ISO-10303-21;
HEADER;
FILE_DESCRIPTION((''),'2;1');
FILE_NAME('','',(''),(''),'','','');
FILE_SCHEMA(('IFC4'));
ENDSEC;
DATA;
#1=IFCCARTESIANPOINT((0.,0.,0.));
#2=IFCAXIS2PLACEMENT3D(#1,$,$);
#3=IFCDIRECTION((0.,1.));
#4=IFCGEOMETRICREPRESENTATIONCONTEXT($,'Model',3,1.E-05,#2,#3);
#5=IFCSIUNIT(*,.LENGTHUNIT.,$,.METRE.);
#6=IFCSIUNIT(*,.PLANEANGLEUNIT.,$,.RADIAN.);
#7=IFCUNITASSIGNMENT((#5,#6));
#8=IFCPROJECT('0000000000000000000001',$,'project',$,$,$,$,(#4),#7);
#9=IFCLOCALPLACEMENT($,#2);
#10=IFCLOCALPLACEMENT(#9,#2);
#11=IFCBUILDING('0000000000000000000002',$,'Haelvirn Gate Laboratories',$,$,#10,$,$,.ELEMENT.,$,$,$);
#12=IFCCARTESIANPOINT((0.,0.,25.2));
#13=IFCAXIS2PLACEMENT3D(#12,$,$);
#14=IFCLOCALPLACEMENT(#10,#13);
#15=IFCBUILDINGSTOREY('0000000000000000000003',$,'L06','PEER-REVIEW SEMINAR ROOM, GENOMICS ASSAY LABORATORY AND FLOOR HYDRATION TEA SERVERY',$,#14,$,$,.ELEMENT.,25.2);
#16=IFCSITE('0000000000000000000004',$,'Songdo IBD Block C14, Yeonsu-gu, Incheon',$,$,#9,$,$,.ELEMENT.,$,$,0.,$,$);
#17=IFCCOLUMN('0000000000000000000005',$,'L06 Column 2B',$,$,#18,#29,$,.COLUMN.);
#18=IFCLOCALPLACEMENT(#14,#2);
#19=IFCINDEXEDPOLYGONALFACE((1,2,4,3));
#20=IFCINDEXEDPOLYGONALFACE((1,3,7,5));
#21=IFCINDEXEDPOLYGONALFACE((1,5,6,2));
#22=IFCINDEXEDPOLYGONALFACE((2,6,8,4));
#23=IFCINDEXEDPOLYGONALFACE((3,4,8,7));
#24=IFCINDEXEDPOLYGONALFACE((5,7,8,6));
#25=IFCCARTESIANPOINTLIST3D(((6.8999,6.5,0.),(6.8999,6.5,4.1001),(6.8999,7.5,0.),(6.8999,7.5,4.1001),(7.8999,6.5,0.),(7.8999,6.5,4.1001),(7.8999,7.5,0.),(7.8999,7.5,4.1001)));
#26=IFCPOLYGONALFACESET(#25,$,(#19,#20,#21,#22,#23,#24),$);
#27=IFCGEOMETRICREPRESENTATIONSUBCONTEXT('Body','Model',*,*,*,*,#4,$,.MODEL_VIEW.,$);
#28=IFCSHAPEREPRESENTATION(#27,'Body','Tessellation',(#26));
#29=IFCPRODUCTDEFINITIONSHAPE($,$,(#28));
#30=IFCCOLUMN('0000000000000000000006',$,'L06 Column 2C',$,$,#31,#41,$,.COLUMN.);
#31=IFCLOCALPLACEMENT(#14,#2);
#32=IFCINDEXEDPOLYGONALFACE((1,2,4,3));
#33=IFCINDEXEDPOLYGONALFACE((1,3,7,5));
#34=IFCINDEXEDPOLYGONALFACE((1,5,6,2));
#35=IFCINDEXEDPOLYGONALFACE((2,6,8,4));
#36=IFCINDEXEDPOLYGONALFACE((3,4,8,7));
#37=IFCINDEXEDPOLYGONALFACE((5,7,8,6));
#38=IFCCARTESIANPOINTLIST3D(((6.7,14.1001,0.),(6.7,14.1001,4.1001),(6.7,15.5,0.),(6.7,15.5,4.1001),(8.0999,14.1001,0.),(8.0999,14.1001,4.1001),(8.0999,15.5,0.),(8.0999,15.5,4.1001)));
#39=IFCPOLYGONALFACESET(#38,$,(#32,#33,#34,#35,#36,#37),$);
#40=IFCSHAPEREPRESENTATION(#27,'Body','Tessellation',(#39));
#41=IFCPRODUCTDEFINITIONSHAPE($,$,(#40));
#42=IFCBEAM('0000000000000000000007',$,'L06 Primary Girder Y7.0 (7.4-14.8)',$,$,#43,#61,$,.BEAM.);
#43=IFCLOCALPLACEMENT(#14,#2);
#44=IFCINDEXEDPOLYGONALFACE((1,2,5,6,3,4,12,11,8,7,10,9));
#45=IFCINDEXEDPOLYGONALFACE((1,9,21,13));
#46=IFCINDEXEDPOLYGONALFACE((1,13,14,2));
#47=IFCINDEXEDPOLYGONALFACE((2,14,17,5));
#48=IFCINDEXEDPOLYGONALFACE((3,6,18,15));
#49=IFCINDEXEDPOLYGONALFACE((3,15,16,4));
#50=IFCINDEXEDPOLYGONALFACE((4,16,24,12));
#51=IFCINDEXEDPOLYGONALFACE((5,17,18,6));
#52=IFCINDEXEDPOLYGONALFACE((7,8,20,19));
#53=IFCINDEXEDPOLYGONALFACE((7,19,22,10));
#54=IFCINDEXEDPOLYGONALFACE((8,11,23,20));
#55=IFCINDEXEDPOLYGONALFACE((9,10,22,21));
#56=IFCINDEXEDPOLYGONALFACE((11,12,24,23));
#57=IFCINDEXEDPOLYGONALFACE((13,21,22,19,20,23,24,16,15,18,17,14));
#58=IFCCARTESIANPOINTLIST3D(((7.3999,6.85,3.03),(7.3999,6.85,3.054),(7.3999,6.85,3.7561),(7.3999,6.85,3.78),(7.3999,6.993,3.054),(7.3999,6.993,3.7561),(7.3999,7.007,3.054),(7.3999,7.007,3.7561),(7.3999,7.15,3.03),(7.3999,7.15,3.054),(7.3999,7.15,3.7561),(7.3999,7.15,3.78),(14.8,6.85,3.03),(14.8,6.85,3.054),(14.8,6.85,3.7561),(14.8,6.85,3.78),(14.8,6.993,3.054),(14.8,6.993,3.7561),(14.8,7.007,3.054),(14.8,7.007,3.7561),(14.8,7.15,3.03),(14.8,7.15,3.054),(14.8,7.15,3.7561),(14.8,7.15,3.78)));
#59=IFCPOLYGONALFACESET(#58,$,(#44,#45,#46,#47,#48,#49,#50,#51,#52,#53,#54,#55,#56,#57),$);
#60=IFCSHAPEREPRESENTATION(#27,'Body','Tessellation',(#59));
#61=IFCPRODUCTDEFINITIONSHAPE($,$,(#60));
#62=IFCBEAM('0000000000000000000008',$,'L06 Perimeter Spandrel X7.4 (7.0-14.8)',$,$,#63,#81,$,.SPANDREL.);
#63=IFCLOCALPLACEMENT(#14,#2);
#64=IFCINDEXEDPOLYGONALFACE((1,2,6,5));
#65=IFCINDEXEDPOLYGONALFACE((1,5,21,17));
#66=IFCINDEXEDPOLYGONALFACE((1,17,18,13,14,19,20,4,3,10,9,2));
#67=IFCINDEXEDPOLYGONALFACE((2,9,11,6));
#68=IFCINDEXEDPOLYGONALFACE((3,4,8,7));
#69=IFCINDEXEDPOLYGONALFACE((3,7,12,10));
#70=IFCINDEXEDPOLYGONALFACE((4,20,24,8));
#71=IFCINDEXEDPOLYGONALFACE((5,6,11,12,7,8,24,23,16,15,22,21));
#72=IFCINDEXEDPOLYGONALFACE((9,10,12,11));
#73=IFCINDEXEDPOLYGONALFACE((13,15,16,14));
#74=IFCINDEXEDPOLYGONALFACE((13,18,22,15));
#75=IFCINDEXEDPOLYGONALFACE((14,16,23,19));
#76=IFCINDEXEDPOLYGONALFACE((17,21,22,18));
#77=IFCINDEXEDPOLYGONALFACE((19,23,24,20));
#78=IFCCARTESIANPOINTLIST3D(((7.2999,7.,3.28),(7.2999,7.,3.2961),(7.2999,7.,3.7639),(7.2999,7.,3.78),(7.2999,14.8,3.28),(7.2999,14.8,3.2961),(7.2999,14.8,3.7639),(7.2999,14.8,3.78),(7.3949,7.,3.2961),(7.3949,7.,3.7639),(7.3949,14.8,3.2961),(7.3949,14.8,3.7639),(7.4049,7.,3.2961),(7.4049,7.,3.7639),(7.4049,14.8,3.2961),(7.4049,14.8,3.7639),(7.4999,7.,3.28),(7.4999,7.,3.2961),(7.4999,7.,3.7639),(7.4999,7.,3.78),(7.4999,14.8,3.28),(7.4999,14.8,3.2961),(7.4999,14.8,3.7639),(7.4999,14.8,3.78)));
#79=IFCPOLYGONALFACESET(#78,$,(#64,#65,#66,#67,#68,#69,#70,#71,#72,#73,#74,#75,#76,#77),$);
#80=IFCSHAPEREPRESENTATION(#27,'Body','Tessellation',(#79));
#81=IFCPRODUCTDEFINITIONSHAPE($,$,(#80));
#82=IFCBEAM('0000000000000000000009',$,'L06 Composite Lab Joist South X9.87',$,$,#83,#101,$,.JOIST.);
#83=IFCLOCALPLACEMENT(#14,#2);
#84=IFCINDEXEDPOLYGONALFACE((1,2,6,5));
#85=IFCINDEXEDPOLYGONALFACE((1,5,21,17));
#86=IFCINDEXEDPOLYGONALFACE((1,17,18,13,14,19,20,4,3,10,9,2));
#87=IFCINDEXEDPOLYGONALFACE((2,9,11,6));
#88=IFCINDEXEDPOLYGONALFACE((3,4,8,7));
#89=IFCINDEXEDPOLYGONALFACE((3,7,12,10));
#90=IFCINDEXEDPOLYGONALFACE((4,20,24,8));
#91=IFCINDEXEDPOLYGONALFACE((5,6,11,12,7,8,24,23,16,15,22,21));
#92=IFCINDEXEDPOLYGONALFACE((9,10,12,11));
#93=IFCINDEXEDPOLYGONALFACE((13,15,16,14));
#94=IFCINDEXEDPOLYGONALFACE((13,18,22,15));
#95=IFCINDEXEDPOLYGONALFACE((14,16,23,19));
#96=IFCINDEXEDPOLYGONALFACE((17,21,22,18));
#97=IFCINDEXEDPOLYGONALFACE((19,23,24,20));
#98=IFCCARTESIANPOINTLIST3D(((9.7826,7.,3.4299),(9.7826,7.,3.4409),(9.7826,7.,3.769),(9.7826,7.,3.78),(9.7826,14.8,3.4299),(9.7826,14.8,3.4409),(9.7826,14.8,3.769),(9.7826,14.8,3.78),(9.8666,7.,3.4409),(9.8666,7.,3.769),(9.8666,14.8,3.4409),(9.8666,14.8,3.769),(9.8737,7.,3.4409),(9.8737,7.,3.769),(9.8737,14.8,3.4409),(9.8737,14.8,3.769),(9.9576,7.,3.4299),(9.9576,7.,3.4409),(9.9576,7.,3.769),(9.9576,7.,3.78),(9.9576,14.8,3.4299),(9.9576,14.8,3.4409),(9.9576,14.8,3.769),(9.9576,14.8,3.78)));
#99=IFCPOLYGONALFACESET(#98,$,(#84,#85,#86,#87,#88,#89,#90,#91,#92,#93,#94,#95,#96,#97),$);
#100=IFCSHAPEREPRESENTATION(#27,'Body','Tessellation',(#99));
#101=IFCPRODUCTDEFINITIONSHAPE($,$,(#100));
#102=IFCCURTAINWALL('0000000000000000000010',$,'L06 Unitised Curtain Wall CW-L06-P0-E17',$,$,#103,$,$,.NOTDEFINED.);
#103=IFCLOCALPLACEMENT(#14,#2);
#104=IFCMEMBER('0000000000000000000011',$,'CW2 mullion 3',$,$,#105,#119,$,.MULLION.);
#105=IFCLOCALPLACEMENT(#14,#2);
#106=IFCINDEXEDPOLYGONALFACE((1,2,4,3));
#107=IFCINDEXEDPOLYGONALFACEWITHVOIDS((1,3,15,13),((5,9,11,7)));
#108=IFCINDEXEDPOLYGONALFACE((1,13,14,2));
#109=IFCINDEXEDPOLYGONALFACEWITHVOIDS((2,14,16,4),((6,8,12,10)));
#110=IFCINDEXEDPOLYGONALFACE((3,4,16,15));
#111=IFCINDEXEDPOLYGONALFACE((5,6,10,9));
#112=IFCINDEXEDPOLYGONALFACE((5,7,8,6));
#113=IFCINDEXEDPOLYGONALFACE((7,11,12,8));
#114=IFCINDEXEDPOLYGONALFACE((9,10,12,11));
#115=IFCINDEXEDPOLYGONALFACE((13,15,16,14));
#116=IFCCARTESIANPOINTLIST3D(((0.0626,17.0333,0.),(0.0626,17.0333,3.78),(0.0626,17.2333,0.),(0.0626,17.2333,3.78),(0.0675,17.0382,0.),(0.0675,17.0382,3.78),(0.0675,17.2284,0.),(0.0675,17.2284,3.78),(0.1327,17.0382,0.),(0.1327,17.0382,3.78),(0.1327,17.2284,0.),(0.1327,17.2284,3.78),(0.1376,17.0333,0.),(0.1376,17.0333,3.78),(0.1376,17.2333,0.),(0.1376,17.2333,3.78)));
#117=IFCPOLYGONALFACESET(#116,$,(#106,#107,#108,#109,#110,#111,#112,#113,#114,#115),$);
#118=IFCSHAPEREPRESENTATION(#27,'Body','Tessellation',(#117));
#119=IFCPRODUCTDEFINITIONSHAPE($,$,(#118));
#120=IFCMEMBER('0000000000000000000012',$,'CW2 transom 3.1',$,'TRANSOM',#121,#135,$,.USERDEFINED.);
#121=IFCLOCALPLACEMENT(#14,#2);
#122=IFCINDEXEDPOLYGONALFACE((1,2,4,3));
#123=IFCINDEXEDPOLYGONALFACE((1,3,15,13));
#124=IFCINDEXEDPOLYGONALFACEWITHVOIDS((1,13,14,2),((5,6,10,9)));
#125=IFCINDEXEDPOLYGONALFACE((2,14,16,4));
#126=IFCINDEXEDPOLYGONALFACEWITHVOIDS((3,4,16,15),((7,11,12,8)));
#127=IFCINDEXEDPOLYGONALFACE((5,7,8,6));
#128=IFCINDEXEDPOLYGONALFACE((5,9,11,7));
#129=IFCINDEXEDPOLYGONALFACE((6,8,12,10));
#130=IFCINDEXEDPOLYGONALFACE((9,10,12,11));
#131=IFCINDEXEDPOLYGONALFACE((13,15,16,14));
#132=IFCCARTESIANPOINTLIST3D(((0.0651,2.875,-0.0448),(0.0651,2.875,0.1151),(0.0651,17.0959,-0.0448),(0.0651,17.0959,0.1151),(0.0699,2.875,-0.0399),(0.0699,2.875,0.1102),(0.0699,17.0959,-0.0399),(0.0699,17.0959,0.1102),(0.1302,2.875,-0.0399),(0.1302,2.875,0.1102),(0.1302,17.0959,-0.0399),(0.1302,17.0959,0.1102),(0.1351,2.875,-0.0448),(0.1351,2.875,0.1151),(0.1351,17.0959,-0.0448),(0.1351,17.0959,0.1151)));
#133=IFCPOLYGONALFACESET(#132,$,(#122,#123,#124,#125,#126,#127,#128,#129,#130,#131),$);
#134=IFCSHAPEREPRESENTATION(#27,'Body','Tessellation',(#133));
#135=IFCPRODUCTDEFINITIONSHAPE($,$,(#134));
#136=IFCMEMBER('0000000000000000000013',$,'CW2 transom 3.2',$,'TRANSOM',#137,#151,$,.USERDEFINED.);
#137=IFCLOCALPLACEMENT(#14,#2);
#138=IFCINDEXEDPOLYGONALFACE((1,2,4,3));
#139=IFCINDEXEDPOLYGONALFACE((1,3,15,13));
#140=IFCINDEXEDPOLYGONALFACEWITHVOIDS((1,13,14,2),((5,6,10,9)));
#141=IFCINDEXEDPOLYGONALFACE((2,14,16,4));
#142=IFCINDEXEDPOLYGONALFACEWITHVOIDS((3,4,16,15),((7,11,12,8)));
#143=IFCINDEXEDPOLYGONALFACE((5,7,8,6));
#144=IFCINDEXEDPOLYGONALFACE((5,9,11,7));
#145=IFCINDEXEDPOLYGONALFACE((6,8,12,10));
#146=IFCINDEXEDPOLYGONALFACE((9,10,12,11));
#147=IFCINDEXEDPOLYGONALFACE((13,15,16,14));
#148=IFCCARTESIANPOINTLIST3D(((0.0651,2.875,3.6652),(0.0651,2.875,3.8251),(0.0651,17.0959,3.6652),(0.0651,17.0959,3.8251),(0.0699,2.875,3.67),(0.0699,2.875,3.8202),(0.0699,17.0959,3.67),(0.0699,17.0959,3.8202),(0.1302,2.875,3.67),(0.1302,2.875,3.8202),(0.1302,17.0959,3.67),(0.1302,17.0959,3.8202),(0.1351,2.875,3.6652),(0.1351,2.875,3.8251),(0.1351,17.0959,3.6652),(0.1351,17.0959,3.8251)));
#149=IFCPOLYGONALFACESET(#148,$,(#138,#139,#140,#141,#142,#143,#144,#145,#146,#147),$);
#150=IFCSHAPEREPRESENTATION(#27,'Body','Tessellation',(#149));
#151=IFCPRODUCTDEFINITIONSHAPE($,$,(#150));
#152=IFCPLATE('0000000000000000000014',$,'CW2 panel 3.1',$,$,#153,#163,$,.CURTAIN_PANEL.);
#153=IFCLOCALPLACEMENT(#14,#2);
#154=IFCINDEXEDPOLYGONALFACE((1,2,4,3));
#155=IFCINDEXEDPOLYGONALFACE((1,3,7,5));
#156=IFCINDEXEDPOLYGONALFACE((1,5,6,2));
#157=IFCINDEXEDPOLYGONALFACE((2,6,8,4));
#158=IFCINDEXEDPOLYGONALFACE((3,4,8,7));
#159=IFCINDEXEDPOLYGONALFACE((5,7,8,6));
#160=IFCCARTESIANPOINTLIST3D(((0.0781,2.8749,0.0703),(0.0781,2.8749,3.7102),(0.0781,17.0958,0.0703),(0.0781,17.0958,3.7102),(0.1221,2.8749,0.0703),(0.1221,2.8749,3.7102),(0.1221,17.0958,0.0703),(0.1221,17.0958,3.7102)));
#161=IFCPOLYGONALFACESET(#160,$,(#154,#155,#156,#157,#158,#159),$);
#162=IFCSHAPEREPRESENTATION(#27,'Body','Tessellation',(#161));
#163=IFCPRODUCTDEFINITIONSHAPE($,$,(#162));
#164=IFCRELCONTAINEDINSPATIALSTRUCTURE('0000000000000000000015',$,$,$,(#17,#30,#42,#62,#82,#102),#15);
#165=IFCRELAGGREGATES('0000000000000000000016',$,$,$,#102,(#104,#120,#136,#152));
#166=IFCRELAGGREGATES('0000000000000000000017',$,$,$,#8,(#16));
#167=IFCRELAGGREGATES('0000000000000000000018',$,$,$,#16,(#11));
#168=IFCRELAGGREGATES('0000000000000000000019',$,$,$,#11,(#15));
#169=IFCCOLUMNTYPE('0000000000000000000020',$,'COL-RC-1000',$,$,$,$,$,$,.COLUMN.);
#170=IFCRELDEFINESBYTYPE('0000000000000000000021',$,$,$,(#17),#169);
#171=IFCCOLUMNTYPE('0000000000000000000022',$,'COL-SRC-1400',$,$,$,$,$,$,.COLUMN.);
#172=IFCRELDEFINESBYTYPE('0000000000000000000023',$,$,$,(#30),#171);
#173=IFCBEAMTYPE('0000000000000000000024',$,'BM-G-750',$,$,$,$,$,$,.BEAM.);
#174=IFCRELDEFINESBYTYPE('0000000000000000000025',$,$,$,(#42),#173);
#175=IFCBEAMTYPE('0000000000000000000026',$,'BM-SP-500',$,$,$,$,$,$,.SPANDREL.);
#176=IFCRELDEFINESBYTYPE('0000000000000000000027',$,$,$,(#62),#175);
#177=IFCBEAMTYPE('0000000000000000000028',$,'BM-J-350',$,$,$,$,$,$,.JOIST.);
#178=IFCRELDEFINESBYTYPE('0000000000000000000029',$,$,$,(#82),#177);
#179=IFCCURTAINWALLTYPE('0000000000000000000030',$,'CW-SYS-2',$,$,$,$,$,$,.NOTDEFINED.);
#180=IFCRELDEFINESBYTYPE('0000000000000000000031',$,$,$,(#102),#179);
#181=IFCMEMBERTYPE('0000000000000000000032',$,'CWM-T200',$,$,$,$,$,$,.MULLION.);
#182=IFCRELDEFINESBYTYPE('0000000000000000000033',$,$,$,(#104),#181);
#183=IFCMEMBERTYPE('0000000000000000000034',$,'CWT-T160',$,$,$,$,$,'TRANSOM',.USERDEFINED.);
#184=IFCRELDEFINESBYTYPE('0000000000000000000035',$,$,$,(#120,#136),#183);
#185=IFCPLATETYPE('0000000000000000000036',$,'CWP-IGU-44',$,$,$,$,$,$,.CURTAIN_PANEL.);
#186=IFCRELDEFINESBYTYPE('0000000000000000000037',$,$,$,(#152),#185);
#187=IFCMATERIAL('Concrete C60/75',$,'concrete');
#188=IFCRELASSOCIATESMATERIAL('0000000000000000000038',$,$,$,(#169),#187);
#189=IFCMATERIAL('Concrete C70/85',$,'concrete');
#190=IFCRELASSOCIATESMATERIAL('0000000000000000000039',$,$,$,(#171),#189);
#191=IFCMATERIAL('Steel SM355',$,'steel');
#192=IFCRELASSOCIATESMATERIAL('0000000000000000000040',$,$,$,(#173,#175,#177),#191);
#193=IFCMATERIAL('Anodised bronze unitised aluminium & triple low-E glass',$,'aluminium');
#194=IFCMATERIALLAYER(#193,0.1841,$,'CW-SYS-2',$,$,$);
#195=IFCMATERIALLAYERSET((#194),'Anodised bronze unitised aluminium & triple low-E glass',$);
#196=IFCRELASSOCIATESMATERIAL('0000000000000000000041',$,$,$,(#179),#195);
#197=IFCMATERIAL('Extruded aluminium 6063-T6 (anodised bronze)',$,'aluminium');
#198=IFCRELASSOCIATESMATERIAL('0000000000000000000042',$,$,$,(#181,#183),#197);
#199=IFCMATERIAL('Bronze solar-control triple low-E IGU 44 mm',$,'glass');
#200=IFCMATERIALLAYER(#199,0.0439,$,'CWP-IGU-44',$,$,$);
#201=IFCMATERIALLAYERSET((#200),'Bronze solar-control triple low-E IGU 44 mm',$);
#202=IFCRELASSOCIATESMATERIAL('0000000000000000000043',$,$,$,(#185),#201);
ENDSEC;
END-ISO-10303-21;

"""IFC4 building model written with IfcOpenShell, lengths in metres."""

from ifc_helpers import new_model, si_unit, direction, frame, origin, origin_2d, place, context, subcontext, project, spatial, rectangle, hollow_rectangle, i_section, extrude, source, transform, mapped, material, layer, layer_set, material_profile, profile_set, type_object, type_shapes, element, aggregate, save


model = new_model("IFC4")

# Units and contexts
model_context = context("Model", 3, precision=1e-05, world=origin(), true_north=direction((0.0, 1.0)))
body_context = subcontext(model_context, "Body", "Model", "MODEL_VIEW")
ifc_project = project(units=[si_unit("LENGTHUNIT", "METRE"), si_unit("PLANEANGLEUNIT", "RADIAN")], contexts=[model_context])

# Site, building, storey
site_placement = place(None, origin())
site = spatial("IfcSite", under=ifc_project, at=site_placement, Name="Songdo IBD Block C14, Yeonsu-gu, Incheon", CompositionType="ELEMENT", RefElevation=0.0)
building_placement = place(site_placement, origin())
building = spatial("IfcBuilding", under=site, at=building_placement, Name="Haelvirn Gate Laboratories", CompositionType="ELEMENT")
storey_placement = place(building_placement, frame((0.0, 0.0, 25.2)))
storey = spatial("IfcBuildingStorey", under=building, at=storey_placement, Name="L06", Description="PEER-REVIEW SEMINAR ROOM, GENOMICS ASSAY LABORATORY AND FLOOR HYDRATION TEA SERVERY", CompositionType="ELEMENT", Elevation=25.2)

# Columns
ifc_material_1 = material(Name="Concrete C60/75", Category="concrete")
ifc_material_profile_1 = material_profile(ifc_material_1, rectangle(XDim=1.0, YDim=1.0, at=origin_2d()), Name="RC-1000x1000")
ifc_profile_set_1 = profile_set([ifc_material_profile_1], Name="Concrete C60/75")
column_type_1 = type_object("IfcColumnType", Name="COL-RC-1000", PredefinedType="COLUMN", material=ifc_profile_set_1)
shared_shape_1 = source(origin(), body_context, "Body", "SweptSolid", [
    extrude(rectangle(XDim=1.0, YDim=1.0, at=origin_2d()), origin(), (0.0, 0.0, 1.0), 4.1001),
])
type_shapes(column_type_1, [shared_shape_1])
column_1_placement = place(storey_placement, frame((7.3999, 7.0, 0.0), z_axis=(0.0, 0.0, 1.0), x_axis=(1.0, 0.0, 0.0)))
element("IfcColumn", 1, at=column_1_placement, inside=storey, type_object=column_type_1, Name="L06 Column 2B", PredefinedType="COLUMN", context=body_context, shape_type="MappedRepresentation", body=[
    mapped(shared_shape_1, transform((0.0, 0.0, 0.0), scale=1.0)),
])
ifc_material_2 = material(Name="Concrete C70/85", Category="concrete")
ifc_material_profile_2 = material_profile(ifc_material_2, rectangle(XDim=1.3999, YDim=1.3999, at=origin_2d()), Name="SRC-1400x1400")
ifc_profile_set_2 = profile_set([ifc_material_profile_2], Name="Concrete C70/85")
column_type_2 = type_object("IfcColumnType", Name="COL-SRC-1400", PredefinedType="COLUMN", material=ifc_profile_set_2)
shared_shape_2 = source(origin(), body_context, "Body", "SweptSolid", [
    extrude(rectangle(XDim=1.3999, YDim=1.3999, at=origin_2d()), origin(), (0.0, 0.0, 1.0), 4.1001),
])
type_shapes(column_type_2, [shared_shape_2])
column_2_placement = place(storey_placement, frame((7.3999, 14.8, 0.0), z_axis=(0.0, 0.0, 1.0), x_axis=(1.0, 0.0, 0.0)))
element("IfcColumn", 2, at=column_2_placement, inside=storey, type_object=column_type_2, Name="L06 Column 2C", PredefinedType="COLUMN", context=body_context, shape_type="MappedRepresentation", body=[
    mapped(shared_shape_2, transform((0.0, 0.0, 0.0), scale=1.0)),
])

# Beams
ifc_material_3 = material(Name="Steel SM355", Category="steel")
ifc_material_profile_3 = material_profile(ifc_material_3, i_section(OverallWidth=0.3, OverallDepth=0.75, WebThickness=0.0139, FlangeThickness=0.0239, at=origin_2d()), Name="H-750x300x14x24")
ifc_profile_set_3 = profile_set([ifc_material_profile_3], Name="Steel SM355")
beam_type_1 = type_object("IfcBeamType", Name="BM-G-750", PredefinedType="BEAM", material=ifc_profile_set_3)
shared_shape_3 = source(origin(), body_context, "Body", "SweptSolid", [
    extrude(i_section(OverallWidth=0.3, OverallDepth=0.75, WebThickness=0.0139, FlangeThickness=0.0239, at=origin_2d()), origin(), (0.0, 0.0, 1.0), 7.4001),
])
type_shapes(beam_type_1, [shared_shape_3])
beam_1_placement = place(storey_placement, frame((7.3999, 7.0, 3.405), z_axis=(1.0, 0.0, 0.0), x_axis=(0.0, 1.0, 0.0)))
element("IfcBeam", 3, at=beam_1_placement, inside=storey, type_object=beam_type_1, Name="L06 Primary Girder Y7.0 (7.4-14.8)", PredefinedType="BEAM", context=body_context, shape_type="MappedRepresentation", body=[
    mapped(shared_shape_3, transform((0.0, 0.0, 0.0), scale=1.0)),
])
ifc_material_profile_4 = material_profile(ifc_material_3, i_section(OverallWidth=0.2, OverallDepth=0.5, WebThickness=0.01, FlangeThickness=0.0161, at=origin_2d()), Name="H-500x200x10x16")
ifc_profile_set_4 = profile_set([ifc_material_profile_4], Name="Steel SM355")
beam_type_2 = type_object("IfcBeamType", Name="BM-SP-500", PredefinedType="SPANDREL", material=ifc_profile_set_4)
shared_shape_4 = source(origin(), body_context, "Body", "SweptSolid", [
    extrude(i_section(OverallWidth=0.2, OverallDepth=0.5, WebThickness=0.01, FlangeThickness=0.0161, at=origin_2d()), origin(), (0.0, 0.0, 1.0), 7.8),
])
type_shapes(beam_type_2, [shared_shape_4])
beam_2_placement = place(storey_placement, frame((7.3999, 7.0, 3.53), z_axis=(0.0, 1.0, 0.0), x_axis=(-1.0, 0.0, 0.0)))
element("IfcBeam", 4, at=beam_2_placement, inside=storey, type_object=beam_type_2, Name="L06 Perimeter Spandrel X7.4 (7.0-14.8)", PredefinedType="SPANDREL", context=body_context, shape_type="MappedRepresentation", body=[
    mapped(shared_shape_4, transform((0.0, 0.0, 0.0), scale=1.0)),
])
ifc_material_profile_5 = material_profile(ifc_material_3, i_section(OverallWidth=0.175, OverallDepth=0.3501, WebThickness=0.0071, FlangeThickness=0.011, at=origin_2d()), Name="H-350x175x7x11")
ifc_profile_set_5 = profile_set([ifc_material_profile_5], Name="Steel SM355")
beam_type_3 = type_object("IfcBeamType", Name="BM-J-350", PredefinedType="JOIST", material=ifc_profile_set_5)
shared_shape_5 = source(origin(), body_context, "Body", "SweptSolid", [
    extrude(i_section(OverallWidth=0.175, OverallDepth=0.3501, WebThickness=0.0071, FlangeThickness=0.011, at=origin_2d()), origin(), (0.0, 0.0, 1.0), 7.8),
])
type_shapes(beam_type_3, [shared_shape_5])
beam_3_placement = place(storey_placement, frame((9.8701, 7.0, 3.605), z_axis=(0.0, 1.0, 0.0), x_axis=(-1.0, 0.0, 0.0)))
element("IfcBeam", 5, at=beam_3_placement, inside=storey, type_object=beam_type_3, Name="L06 Composite Lab Joist South X9.87", PredefinedType="JOIST", context=body_context, shape_type="MappedRepresentation", body=[
    mapped(shared_shape_5, transform((0.0, 0.0, 0.0), scale=1.0)),
])

# Curtain wall, members, plate
ifc_material_4 = material(Name="Anodised bronze unitised aluminium & triple low-E glass", Category="aluminium")
ifc_layer_1 = layer(ifc_material_4, 0.1841, Name="CW-SYS-2")
ifc_layer_set_1 = layer_set([ifc_layer_1], Name="Anodised bronze unitised aluminium & triple low-E glass")
curtain_wall_type = type_object("IfcCurtainWallType", Name="CW-SYS-2", PredefinedType="NOTDEFINED", material=ifc_layer_set_1)
curtain_wall_placement = place(storey_placement, origin())
curtain_wall = element("IfcCurtainWall", 6, at=curtain_wall_placement, inside=storey, type_object=curtain_wall_type, Name="L06 Unitised Curtain Wall CW-L06-P0-E17", PredefinedType="NOTDEFINED")
ifc_material_5 = material(Name="Extruded aluminium 6063-T6 (anodised bronze)", Category="aluminium")
ifc_material_profile_6 = material_profile(ifc_material_5, hollow_rectangle(XDim=0.075, YDim=0.2, WallThickness=0.0049, at=origin_2d()), Name="CWM-200x75x5")
ifc_profile_set_6 = profile_set([ifc_material_profile_6], Name="Extruded aluminium 6063-T6 (anodised bronze)")
member_type_1 = type_object("IfcMemberType", Name="CWM-T200", PredefinedType="MULLION", material=ifc_profile_set_6)
shared_shape_6 = source(origin(), body_context, "Body", "SweptSolid", [
    extrude(hollow_rectangle(XDim=0.075, YDim=0.2, WallThickness=0.0049, at=origin_2d()), origin(), (0.0, 0.0, 1.0), 3.78),
])
type_shapes(member_type_1, [shared_shape_6])
member_1_placement = place(storey_placement, frame((0.1001, 17.1333, 0.0), z_axis=(0.0, 0.0, 1.0), x_axis=(1.0, 0.0, 0.0)))
member_1 = element("IfcMember", 7, at=member_1_placement, type_object=member_type_1, Name="CW2 mullion 3", PredefinedType="MULLION", context=body_context, shape_type="MappedRepresentation", body=[
    mapped(shared_shape_6, transform((0.0, 0.0, 0.0), scale=1.0)),
])
ifc_material_profile_7 = material_profile(ifc_material_5, hollow_rectangle(XDim=0.0701, YDim=0.1599, WallThickness=0.0049, at=origin_2d()), Name="CWT-160x70x5")
ifc_profile_set_7 = profile_set([ifc_material_profile_7], Name="Extruded aluminium 6063-T6 (anodised bronze)")
member_type_2 = type_object("IfcMemberType", Name="CWT-T160", ElementType="TRANSOM", PredefinedType="USERDEFINED", material=ifc_profile_set_7)
shared_shape_7 = source(origin(), body_context, "Body", "SweptSolid", [
    extrude(hollow_rectangle(XDim=0.0701, YDim=0.1599, WallThickness=0.0049, at=origin_2d()), origin(), (0.0, 0.0, 1.0), 14.2209),
])
type_shapes(member_type_2, [shared_shape_7])
member_2_placement = place(storey_placement, frame((0.1001, 17.0959, 0.0352), z_axis=(0.0, -1.0, 0.0), x_axis=(1.0, 0.0, 0.0)))
member_2 = element("IfcMember", 8, at=member_2_placement, type_object=member_type_2, Name="CW2 transom 3.1", ObjectType="TRANSOM", PredefinedType="USERDEFINED", context=body_context, shape_type="MappedRepresentation", body=[
    mapped(shared_shape_7, transform((0.0, 0.0, 0.0), scale=1.0)),
])
member_3_placement = place(storey_placement, frame((0.1001, 17.0959, 3.7451), z_axis=(0.0, -1.0, 0.0), x_axis=(1.0, 0.0, 0.0)))
member_3 = element("IfcMember", 9, at=member_3_placement, type_object=member_type_2, Name="CW2 transom 3.2", ObjectType="TRANSOM", PredefinedType="USERDEFINED", context=body_context, shape_type="MappedRepresentation", body=[
    mapped(shared_shape_7, transform((0.0, 0.0, 0.0), scale=1.0)),
])
ifc_material_6 = material(Name="Bronze solar-control triple low-E IGU 44 mm", Category="glass")
ifc_layer_2 = layer(ifc_material_6, 0.0439, Name="CWP-IGU-44")
ifc_layer_set_2 = layer_set([ifc_layer_2], Name="Bronze solar-control triple low-E IGU 44 mm")
plate_type = type_object("IfcPlateType", Name="CWP-IGU-44", PredefinedType="CURTAIN_PANEL", material=ifc_layer_set_2)
shared_shape_8 = source(origin(), body_context, "Body", "SweptSolid", [
    extrude(rectangle(XDim=14.2209, YDim=0.0439, at=origin_2d()), origin(), (0.0, 0.0, 1.0), 3.6399),
])
type_shapes(plate_type, [shared_shape_8])
plate_placement = place(storey_placement, frame((0.1001, 9.9854, 0.0703), z_axis=(0.0, 0.0, 1.0), x_axis=(0.0, -1.0, 0.0)))
plate = element("IfcPlate", 10, at=plate_placement, type_object=plate_type, Name="CW2 panel 3.1", PredefinedType="CURTAIN_PANEL", context=body_context, shape_type="MappedRepresentation", body=[
    mapped(shared_shape_8, transform((0.0, 0.0, 0.0), scale=1.0)),
])
aggregate(curtain_wall, [member_1, member_2, member_3, plate])

save(model, "model.ifc")
